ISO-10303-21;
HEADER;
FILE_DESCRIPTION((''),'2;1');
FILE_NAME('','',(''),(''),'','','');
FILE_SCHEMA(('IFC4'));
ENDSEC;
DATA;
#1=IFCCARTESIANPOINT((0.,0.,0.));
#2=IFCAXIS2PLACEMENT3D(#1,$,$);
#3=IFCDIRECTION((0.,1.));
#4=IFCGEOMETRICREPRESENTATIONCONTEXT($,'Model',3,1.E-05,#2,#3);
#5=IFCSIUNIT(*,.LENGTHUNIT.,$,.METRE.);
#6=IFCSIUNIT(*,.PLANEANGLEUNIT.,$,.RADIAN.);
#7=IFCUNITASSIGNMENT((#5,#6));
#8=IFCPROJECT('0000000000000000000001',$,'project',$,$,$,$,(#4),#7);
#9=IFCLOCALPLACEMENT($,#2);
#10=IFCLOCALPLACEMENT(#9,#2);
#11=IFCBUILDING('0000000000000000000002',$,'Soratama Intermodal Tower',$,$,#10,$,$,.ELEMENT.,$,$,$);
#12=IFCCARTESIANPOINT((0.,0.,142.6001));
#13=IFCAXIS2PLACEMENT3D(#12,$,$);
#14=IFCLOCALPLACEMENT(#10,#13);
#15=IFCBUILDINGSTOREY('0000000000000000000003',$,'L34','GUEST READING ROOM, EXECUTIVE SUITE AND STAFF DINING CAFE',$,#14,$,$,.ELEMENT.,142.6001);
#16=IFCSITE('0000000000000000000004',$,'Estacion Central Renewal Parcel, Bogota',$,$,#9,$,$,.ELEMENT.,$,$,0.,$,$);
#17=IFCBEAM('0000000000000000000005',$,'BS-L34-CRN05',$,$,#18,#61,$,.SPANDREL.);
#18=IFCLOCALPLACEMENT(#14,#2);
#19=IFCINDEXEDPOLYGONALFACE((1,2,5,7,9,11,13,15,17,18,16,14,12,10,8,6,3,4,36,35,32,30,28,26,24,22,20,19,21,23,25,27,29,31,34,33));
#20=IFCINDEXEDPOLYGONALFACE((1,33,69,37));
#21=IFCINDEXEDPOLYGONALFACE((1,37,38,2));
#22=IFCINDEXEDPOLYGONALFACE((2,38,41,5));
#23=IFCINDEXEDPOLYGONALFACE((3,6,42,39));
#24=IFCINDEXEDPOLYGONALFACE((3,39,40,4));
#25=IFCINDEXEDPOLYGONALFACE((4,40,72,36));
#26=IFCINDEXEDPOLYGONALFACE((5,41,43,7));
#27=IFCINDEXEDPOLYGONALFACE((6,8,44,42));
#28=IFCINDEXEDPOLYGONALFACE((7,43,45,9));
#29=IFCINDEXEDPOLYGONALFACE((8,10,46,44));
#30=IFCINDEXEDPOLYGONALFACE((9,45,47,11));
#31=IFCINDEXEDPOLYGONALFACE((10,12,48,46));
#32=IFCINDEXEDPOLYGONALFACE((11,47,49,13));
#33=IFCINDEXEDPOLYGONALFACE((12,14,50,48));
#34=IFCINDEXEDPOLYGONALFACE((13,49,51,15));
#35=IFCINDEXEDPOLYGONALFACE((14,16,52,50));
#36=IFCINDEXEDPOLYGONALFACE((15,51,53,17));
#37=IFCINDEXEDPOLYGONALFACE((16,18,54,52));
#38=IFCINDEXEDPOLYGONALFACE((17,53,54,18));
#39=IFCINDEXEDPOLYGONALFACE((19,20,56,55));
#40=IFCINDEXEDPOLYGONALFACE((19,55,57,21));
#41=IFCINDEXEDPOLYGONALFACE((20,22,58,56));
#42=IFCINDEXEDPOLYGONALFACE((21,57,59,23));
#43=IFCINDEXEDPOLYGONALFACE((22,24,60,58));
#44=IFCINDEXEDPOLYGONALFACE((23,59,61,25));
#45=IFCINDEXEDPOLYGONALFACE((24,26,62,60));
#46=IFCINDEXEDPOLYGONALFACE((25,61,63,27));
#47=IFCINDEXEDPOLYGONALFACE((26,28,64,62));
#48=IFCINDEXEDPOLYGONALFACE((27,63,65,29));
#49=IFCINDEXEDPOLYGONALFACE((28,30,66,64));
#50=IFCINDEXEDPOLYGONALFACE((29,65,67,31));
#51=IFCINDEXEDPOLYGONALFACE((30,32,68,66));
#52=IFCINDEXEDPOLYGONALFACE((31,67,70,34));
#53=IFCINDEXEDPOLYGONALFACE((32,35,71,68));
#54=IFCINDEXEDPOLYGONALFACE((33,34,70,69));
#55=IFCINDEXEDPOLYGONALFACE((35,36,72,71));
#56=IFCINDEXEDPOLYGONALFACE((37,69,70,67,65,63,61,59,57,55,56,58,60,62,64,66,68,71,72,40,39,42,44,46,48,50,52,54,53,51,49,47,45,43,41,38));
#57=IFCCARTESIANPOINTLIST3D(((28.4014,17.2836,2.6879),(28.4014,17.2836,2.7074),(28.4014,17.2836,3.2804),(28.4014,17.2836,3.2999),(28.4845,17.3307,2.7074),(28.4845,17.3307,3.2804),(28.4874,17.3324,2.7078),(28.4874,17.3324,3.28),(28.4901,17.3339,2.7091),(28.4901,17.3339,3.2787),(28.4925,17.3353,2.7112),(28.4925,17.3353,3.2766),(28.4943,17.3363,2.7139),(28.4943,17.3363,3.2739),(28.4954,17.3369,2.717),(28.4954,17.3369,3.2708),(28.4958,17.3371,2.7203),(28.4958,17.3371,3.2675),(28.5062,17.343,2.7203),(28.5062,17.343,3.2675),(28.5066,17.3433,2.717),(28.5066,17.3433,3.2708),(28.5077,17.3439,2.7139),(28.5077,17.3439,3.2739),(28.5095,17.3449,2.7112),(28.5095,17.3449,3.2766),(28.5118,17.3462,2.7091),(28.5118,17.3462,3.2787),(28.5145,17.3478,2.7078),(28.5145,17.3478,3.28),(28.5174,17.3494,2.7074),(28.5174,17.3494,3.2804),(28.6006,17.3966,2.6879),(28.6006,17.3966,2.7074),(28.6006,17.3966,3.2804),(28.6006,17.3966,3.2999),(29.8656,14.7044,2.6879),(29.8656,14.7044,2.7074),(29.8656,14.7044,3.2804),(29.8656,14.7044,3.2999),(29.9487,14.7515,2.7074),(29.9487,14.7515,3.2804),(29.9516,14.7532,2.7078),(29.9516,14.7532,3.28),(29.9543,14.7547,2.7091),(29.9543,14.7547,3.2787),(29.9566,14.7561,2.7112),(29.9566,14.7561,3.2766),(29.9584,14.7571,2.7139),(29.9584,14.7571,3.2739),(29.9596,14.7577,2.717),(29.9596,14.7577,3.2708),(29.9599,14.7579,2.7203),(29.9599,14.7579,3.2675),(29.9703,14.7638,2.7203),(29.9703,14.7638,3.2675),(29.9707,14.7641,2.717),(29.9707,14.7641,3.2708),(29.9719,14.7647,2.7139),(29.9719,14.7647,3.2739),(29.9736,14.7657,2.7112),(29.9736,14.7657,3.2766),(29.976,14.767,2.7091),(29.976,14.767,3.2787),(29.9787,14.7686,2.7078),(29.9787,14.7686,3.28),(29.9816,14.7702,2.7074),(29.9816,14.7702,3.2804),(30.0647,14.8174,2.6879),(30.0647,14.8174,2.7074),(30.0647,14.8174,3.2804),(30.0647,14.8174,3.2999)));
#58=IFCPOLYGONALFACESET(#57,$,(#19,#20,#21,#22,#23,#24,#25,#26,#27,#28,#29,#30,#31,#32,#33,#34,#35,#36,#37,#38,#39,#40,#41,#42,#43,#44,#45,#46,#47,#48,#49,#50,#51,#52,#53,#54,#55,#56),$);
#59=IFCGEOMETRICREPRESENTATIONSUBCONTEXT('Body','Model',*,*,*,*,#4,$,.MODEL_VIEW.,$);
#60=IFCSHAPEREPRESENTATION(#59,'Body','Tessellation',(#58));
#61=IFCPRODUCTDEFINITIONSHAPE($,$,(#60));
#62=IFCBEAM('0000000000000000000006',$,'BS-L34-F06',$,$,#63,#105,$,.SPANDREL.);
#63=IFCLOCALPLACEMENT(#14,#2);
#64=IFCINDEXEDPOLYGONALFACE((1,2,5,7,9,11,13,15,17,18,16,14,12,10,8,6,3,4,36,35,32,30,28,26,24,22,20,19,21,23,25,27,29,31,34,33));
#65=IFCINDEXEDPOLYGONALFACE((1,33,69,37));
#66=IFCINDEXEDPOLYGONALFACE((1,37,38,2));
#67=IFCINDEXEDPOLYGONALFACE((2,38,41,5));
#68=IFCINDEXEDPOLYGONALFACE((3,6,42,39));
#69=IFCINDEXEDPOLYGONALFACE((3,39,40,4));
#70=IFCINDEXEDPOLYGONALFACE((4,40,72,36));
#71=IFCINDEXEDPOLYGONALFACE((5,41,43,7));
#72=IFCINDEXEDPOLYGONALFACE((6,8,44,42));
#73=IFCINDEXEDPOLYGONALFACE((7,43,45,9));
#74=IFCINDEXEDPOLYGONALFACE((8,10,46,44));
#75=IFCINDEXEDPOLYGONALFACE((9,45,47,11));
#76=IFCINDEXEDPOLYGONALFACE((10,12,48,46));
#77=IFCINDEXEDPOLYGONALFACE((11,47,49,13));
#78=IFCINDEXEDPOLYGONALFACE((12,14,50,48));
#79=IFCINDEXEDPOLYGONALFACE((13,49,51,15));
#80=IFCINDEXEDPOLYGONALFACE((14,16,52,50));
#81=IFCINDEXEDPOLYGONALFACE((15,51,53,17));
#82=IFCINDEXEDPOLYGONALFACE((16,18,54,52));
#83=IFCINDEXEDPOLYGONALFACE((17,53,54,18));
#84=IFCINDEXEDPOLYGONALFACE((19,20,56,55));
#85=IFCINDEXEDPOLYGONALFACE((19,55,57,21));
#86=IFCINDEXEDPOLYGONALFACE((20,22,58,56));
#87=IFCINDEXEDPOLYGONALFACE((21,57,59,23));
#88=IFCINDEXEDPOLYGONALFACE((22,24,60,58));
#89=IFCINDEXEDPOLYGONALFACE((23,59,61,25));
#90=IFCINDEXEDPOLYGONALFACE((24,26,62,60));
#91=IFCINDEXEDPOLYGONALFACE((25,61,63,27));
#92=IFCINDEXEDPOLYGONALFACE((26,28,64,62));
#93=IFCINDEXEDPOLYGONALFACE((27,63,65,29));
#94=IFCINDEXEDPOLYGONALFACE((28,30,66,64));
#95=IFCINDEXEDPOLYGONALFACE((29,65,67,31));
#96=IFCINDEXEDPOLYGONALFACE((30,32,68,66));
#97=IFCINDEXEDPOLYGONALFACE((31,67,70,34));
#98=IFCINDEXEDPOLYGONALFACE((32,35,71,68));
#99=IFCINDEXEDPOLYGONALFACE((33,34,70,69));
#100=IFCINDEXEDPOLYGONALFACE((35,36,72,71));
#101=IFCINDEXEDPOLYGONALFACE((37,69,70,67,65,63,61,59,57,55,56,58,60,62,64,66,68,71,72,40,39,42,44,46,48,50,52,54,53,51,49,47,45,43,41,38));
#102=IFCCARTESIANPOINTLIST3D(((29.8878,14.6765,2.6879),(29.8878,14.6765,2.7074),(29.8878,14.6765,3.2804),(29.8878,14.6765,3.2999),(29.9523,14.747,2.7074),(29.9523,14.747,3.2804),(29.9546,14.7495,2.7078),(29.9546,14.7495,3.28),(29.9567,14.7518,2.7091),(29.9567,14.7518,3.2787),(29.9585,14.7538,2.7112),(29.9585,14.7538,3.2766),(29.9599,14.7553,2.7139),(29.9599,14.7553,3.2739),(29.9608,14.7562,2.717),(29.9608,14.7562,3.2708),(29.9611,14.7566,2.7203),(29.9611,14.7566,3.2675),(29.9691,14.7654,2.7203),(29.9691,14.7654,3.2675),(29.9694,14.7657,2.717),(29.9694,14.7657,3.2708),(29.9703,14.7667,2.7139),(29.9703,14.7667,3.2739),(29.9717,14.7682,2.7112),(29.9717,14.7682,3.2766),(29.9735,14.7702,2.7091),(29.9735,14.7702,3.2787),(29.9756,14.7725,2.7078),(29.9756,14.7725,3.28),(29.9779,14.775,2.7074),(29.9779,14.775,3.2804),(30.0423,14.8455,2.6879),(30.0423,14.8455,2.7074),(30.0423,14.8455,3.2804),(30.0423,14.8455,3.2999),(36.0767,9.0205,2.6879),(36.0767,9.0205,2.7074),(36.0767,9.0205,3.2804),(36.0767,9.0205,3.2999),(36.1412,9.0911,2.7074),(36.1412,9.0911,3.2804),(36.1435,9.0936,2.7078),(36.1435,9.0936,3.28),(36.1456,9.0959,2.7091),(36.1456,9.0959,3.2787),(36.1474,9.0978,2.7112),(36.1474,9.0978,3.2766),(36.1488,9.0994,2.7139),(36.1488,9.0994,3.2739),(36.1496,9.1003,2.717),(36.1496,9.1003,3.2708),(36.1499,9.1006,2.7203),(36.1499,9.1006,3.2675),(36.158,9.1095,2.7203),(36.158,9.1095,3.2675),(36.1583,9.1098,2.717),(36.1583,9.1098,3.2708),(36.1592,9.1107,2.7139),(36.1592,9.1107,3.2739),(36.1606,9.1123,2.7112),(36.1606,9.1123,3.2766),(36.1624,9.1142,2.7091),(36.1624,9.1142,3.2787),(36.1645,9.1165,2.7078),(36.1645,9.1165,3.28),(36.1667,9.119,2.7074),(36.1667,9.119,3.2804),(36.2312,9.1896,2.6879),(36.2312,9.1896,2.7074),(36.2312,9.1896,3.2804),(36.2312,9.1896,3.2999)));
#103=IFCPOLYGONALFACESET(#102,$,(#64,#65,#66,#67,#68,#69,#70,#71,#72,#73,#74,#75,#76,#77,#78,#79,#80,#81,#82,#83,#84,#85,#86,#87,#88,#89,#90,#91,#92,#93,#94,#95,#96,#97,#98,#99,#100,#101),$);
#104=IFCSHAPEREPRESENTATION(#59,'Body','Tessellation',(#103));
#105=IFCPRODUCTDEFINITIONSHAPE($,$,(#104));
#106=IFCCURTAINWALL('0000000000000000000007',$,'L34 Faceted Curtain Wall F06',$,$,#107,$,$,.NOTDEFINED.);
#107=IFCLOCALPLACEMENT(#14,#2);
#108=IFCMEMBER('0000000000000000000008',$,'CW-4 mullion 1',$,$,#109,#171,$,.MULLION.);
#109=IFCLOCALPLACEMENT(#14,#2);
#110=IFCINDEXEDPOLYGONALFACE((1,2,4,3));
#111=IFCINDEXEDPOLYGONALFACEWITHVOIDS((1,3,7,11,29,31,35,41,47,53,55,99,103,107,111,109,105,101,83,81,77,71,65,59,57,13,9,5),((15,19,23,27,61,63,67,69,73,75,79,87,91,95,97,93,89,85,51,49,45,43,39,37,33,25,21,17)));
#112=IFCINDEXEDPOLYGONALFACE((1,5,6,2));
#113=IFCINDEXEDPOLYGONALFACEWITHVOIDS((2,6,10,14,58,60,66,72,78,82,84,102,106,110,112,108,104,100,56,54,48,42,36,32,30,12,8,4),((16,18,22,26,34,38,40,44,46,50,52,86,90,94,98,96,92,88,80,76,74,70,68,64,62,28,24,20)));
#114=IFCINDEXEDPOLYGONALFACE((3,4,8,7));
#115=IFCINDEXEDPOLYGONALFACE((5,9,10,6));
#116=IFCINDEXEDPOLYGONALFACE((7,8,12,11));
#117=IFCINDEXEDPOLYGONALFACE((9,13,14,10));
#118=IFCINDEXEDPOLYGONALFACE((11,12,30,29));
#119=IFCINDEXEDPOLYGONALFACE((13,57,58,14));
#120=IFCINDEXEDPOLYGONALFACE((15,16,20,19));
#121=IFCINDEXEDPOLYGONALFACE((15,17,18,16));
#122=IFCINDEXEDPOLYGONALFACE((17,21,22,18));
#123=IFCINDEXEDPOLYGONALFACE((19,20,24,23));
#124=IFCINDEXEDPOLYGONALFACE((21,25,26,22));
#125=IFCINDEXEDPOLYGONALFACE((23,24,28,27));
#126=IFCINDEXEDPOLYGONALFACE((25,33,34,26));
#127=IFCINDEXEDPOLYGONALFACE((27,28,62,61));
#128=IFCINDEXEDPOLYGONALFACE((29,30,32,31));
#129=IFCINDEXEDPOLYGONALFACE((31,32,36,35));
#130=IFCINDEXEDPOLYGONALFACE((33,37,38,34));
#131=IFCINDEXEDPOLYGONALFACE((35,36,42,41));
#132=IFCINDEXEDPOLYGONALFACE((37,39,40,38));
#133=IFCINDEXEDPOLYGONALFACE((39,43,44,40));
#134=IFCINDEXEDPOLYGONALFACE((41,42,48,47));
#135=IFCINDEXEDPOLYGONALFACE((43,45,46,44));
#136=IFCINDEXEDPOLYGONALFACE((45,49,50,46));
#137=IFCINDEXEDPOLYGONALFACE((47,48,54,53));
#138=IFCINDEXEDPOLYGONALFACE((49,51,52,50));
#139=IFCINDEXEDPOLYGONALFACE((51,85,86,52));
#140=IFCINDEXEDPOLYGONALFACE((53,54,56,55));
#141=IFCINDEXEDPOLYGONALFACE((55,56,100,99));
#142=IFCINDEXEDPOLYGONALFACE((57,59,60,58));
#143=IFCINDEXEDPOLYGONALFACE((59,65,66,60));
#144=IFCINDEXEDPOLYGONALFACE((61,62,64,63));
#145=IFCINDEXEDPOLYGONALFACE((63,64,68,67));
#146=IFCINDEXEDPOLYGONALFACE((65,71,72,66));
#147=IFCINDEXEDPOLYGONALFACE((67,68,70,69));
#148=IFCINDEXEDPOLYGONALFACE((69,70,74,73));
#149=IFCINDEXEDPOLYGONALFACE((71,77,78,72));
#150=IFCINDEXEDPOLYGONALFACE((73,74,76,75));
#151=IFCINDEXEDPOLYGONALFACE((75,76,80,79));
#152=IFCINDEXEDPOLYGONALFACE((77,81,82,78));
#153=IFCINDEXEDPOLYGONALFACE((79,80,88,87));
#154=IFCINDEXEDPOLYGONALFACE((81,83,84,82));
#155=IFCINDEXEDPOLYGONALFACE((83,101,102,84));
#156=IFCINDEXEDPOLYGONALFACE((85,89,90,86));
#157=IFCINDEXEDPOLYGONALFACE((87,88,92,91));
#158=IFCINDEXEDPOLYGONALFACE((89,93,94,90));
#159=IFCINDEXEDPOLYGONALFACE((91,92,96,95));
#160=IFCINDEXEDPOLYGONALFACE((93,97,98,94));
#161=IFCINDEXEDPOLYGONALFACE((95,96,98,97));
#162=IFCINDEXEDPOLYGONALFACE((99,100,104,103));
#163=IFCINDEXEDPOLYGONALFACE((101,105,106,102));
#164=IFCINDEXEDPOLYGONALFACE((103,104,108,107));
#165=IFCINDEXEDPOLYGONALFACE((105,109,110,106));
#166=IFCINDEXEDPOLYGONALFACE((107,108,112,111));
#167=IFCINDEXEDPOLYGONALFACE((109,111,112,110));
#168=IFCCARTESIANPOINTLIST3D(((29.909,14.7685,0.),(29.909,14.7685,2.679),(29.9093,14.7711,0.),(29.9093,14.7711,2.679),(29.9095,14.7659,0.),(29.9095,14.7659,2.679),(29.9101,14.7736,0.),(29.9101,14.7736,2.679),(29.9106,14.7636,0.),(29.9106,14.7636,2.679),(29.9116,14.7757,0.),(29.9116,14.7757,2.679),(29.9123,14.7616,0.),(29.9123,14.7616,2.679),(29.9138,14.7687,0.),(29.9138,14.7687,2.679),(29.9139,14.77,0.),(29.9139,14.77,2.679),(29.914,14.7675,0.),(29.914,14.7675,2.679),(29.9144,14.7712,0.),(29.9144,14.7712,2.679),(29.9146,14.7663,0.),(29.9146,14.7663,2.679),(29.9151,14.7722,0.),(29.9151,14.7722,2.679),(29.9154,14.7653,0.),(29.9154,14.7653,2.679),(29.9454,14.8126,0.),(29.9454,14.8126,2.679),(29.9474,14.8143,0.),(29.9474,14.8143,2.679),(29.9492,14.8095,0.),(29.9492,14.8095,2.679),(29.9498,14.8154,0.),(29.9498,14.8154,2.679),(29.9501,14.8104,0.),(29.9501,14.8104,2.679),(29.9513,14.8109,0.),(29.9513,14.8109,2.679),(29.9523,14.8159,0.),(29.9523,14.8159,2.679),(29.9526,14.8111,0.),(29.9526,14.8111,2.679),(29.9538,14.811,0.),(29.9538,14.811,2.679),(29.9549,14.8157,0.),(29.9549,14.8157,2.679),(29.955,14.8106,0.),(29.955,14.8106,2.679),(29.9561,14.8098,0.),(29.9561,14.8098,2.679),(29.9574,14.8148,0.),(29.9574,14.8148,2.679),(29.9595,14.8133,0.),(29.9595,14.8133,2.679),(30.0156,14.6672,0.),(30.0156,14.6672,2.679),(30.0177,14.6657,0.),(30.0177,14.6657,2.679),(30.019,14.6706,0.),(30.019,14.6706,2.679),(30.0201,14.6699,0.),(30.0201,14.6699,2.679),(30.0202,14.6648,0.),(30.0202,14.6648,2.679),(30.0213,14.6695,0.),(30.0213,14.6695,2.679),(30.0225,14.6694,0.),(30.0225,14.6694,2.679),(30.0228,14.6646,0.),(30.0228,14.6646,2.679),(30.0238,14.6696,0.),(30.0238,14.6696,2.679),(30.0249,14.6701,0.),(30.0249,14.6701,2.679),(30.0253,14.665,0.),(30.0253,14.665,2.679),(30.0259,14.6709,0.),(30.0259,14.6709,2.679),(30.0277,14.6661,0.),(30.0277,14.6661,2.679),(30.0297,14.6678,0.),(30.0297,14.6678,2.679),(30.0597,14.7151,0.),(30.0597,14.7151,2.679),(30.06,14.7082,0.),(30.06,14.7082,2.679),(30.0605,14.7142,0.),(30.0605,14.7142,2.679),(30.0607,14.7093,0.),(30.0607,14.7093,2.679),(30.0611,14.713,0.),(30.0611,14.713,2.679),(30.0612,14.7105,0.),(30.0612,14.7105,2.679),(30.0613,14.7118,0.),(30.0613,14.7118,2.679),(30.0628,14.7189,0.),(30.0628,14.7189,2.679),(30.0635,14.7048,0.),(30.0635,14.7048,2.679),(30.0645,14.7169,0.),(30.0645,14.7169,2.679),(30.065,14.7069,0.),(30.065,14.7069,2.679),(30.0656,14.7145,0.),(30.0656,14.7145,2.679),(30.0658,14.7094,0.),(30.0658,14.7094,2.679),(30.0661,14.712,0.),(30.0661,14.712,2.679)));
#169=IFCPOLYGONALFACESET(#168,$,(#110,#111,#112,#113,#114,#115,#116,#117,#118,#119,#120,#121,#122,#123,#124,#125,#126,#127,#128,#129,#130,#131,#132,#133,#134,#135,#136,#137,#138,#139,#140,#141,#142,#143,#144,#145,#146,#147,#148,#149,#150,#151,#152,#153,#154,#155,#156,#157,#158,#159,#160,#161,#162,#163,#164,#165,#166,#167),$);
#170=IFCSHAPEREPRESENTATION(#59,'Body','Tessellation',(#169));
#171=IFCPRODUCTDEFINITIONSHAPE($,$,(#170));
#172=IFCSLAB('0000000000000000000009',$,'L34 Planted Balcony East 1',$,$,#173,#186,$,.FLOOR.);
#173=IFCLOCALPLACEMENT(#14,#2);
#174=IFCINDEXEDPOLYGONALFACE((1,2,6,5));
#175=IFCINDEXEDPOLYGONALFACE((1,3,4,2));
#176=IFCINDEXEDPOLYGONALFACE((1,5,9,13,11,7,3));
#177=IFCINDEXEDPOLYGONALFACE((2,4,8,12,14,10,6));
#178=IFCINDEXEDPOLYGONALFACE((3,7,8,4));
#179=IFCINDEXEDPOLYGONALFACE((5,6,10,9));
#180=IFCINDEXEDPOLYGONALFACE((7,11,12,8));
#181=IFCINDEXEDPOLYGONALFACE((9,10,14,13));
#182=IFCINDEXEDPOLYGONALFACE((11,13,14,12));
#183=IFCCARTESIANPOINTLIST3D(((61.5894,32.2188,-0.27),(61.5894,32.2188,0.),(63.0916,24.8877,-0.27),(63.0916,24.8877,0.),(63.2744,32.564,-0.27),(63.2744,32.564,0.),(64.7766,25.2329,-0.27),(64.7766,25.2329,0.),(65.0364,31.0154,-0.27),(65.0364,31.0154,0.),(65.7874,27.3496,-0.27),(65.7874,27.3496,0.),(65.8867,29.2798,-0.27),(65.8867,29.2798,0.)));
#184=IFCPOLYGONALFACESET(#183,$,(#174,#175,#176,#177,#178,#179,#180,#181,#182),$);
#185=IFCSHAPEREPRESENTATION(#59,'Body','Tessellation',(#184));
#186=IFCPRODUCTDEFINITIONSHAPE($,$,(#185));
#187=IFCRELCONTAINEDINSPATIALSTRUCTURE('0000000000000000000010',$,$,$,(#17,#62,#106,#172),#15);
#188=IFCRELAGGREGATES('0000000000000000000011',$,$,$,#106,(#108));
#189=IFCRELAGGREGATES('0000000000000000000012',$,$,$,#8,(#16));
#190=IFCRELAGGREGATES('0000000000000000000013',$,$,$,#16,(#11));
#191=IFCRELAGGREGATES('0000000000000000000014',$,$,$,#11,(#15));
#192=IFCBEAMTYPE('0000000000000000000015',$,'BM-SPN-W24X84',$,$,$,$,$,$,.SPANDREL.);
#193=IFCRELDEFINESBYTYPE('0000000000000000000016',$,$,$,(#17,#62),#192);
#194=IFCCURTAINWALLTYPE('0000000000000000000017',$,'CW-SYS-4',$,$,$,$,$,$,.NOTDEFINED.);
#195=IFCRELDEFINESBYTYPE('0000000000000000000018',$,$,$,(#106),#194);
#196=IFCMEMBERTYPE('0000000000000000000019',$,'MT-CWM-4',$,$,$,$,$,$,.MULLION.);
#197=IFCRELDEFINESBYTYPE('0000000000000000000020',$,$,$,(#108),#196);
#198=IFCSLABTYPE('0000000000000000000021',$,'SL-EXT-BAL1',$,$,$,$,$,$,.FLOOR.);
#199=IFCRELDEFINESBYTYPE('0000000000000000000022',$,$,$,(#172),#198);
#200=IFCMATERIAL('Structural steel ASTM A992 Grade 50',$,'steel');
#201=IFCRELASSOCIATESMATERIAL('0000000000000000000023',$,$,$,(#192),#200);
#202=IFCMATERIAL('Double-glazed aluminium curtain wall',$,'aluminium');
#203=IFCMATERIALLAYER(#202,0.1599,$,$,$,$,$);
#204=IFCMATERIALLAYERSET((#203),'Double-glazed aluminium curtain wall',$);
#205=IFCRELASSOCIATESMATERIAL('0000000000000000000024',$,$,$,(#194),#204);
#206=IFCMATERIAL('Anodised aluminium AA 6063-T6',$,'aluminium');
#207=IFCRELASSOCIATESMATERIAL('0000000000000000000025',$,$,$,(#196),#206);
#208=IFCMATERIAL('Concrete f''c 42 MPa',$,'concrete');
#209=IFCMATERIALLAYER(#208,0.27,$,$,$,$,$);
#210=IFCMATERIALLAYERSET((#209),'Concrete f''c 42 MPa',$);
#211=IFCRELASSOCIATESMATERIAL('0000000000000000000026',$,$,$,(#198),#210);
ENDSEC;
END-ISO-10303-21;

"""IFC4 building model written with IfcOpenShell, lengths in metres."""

from ifc_helpers import new_model, si_unit, direction, frame, origin, origin_2d, place, context, subcontext, project, spatial, polyline, hollow_rectangle, i_section, outline, extrude, material, layer, layer_set, material_profile, profile_set, type_object, element, aggregate, save


model = new_model("IFC4")

# Units and contexts
model_context = context("Model", 3, precision=1e-05, world=origin(), true_north=direction((0.0, 1.0)))
body_context = subcontext(model_context, "Body", "Model", "MODEL_VIEW")
ifc_project = project(units=[si_unit("LENGTHUNIT", "METRE"), si_unit("PLANEANGLEUNIT", "RADIAN")], contexts=[model_context])

# Site, building, storey
site_placement = place(None, origin())
site = spatial("IfcSite", under=ifc_project, at=site_placement, Name="Estacion Central Renewal Parcel, Bogota", CompositionType="ELEMENT", RefElevation=0.0)
building_placement = place(site_placement, origin())
building = spatial("IfcBuilding", under=site, at=building_placement, Name="Soratama Intermodal Tower", CompositionType="ELEMENT")
storey_placement = place(building_placement, frame((0.0, 0.0, 142.6001)))
storey = spatial("IfcBuildingStorey", under=building, at=storey_placement, Name="L34", Description="GUEST READING ROOM, EXECUTIVE SUITE AND STAFF DINING CAFE", CompositionType="ELEMENT", Elevation=142.6001)

# Beams
ifc_material_1 = material(Name="Structural steel ASTM A992 Grade 50", Category="steel")
ifc_material_profile_1 = material_profile(ifc_material_1, i_section(OverallWidth=0.229, OverallDepth=0.6121, WebThickness=0.012, FlangeThickness=0.0195, FilletRadius=0.0129, at=origin_2d()), Name="W24X84")
ifc_profile_set_1 = profile_set([ifc_material_profile_1], Name="Structural steel ASTM A992 Grade 50")
beam_type_1 = type_object("IfcBeamType", Name="BM-SPN-W24X84", PredefinedType="SPANDREL", material=ifc_profile_set_1)
beam_1_placement = place(storey_placement, frame((28.501, 17.3401, 2.9939), z_axis=(0.493681, -0.869643, 0.0), x_axis=(0.869643, 0.493681, 0.0)))
element("IfcBeam", 1, at=beam_1_placement, inside=storey, type_object=beam_type_1, Name="BS-L34-CRN05", PredefinedType="SPANDREL", context=body_context, shape_type="SweptSolid", body=[
    extrude(i_section(OverallWidth=0.229, OverallDepth=0.6121, WebThickness=0.012, FlangeThickness=0.0195, FilletRadius=0.0129, at=origin_2d()), origin(), (0.0, 0.0, 1.0), 2.9658),
])
beam_2_placement = place(storey_placement, frame((29.9651, 14.761, 2.9939), z_axis=(0.738176, -0.674608, 0.0), x_axis=(0.674608, 0.738176, 0.0)))
element("IfcBeam", 2, at=beam_2_placement, inside=storey, type_object=beam_type_1, Name="BS-L34-F06", PredefinedType="SPANDREL", context=body_context, shape_type="SweptSolid", body=[
    extrude(i_section(OverallWidth=0.229, OverallDepth=0.6121, WebThickness=0.012, FlangeThickness=0.0195, FilletRadius=0.0129, at=origin_2d()), origin(), (0.0, 0.0, 1.0), 8.384),
])

# Curtain wall, member
ifc_material_2 = material(Name="Double-glazed aluminium curtain wall", Category="aluminium")
ifc_layer_1 = layer(ifc_material_2, 0.1599)
ifc_layer_set_1 = layer_set([ifc_layer_1], Name="Double-glazed aluminium curtain wall")
curtain_wall_type = type_object("IfcCurtainWallType", Name="CW-SYS-4", PredefinedType="NOTDEFINED", material=ifc_layer_set_1)
curtain_wall_placement = place(storey_placement, origin())
curtain_wall = element("IfcCurtainWall", 3, at=curtain_wall_placement, inside=storey, type_object=curtain_wall_type, Name="L34 Faceted Curtain Wall F06", PredefinedType="NOTDEFINED")
ifc_material_3 = material(Name="Anodised aluminium AA 6063-T6", Category="aluminium")
ifc_material_profile_2 = material_profile(ifc_material_3, hollow_rectangle(XDim=0.0701, YDim=0.1599, WallThickness=0.0049, InnerFilletRadius=0.0049, OuterFilletRadius=0.01, at=origin_2d()), Name="CWM160X70X5")
ifc_profile_set_2 = profile_set([ifc_material_profile_2], Name="Anodised aluminium AA 6063-T6")
member_type = type_object("IfcMemberType", Name="MT-CWM-4", PredefinedType="MULLION", material=ifc_profile_set_2)
member_placement = place(storey_placement, frame((29.9875, 14.7402, 0.0), z_axis=(0.0, 0.0, 1.0), x_axis=(0.674559, 0.738221, 0.0)))
member = element("IfcMember", 4, at=member_placement, type_object=member_type, Name="CW-4 mullion 1", PredefinedType="MULLION", context=body_context, shape_type="SweptSolid", body=[
    extrude(hollow_rectangle(XDim=0.0701, YDim=0.1599, WallThickness=0.0049, InnerFilletRadius=0.0049, OuterFilletRadius=0.01, at=origin_2d()), origin(), (0.0, 0.0, 1.0), 2.679),
])
aggregate(curtain_wall, [member])

# Slab
ifc_material_4 = material(Name="Concrete f'c 42 MPa", Category="concrete")
ifc_layer_2 = layer(ifc_material_4, 0.27)
ifc_layer_set_2 = layer_set([ifc_layer_2], Name="Concrete f'c 42 MPa")
slab_type_1 = type_object("IfcSlabType", Name="SL-EXT-BAL1", PredefinedType="FLOOR", material=ifc_layer_set_2)
slab_1_placement = place(storey_placement, frame((0.0, 0.0, -0.27)))
element("IfcSlab", 5, at=slab_1_placement, inside=storey, type_object=slab_type_1, Name="L34 Planted Balcony East 1", PredefinedType="FLOOR", context=body_context, shape_type="SweptSolid", body=[
    extrude(outline(polyline([(63.0916, 24.8877), (61.5894, 32.2188), (63.2744, 32.564), (65.0364, 31.0154), (65.8867, 29.2798), (65.7874, 27.3496), (64.7766, 25.2329), (63.0916, 24.8877)])), origin(), (0.0, 0.0, 1.0), 0.27),
])

save(model, "model.ifc")
